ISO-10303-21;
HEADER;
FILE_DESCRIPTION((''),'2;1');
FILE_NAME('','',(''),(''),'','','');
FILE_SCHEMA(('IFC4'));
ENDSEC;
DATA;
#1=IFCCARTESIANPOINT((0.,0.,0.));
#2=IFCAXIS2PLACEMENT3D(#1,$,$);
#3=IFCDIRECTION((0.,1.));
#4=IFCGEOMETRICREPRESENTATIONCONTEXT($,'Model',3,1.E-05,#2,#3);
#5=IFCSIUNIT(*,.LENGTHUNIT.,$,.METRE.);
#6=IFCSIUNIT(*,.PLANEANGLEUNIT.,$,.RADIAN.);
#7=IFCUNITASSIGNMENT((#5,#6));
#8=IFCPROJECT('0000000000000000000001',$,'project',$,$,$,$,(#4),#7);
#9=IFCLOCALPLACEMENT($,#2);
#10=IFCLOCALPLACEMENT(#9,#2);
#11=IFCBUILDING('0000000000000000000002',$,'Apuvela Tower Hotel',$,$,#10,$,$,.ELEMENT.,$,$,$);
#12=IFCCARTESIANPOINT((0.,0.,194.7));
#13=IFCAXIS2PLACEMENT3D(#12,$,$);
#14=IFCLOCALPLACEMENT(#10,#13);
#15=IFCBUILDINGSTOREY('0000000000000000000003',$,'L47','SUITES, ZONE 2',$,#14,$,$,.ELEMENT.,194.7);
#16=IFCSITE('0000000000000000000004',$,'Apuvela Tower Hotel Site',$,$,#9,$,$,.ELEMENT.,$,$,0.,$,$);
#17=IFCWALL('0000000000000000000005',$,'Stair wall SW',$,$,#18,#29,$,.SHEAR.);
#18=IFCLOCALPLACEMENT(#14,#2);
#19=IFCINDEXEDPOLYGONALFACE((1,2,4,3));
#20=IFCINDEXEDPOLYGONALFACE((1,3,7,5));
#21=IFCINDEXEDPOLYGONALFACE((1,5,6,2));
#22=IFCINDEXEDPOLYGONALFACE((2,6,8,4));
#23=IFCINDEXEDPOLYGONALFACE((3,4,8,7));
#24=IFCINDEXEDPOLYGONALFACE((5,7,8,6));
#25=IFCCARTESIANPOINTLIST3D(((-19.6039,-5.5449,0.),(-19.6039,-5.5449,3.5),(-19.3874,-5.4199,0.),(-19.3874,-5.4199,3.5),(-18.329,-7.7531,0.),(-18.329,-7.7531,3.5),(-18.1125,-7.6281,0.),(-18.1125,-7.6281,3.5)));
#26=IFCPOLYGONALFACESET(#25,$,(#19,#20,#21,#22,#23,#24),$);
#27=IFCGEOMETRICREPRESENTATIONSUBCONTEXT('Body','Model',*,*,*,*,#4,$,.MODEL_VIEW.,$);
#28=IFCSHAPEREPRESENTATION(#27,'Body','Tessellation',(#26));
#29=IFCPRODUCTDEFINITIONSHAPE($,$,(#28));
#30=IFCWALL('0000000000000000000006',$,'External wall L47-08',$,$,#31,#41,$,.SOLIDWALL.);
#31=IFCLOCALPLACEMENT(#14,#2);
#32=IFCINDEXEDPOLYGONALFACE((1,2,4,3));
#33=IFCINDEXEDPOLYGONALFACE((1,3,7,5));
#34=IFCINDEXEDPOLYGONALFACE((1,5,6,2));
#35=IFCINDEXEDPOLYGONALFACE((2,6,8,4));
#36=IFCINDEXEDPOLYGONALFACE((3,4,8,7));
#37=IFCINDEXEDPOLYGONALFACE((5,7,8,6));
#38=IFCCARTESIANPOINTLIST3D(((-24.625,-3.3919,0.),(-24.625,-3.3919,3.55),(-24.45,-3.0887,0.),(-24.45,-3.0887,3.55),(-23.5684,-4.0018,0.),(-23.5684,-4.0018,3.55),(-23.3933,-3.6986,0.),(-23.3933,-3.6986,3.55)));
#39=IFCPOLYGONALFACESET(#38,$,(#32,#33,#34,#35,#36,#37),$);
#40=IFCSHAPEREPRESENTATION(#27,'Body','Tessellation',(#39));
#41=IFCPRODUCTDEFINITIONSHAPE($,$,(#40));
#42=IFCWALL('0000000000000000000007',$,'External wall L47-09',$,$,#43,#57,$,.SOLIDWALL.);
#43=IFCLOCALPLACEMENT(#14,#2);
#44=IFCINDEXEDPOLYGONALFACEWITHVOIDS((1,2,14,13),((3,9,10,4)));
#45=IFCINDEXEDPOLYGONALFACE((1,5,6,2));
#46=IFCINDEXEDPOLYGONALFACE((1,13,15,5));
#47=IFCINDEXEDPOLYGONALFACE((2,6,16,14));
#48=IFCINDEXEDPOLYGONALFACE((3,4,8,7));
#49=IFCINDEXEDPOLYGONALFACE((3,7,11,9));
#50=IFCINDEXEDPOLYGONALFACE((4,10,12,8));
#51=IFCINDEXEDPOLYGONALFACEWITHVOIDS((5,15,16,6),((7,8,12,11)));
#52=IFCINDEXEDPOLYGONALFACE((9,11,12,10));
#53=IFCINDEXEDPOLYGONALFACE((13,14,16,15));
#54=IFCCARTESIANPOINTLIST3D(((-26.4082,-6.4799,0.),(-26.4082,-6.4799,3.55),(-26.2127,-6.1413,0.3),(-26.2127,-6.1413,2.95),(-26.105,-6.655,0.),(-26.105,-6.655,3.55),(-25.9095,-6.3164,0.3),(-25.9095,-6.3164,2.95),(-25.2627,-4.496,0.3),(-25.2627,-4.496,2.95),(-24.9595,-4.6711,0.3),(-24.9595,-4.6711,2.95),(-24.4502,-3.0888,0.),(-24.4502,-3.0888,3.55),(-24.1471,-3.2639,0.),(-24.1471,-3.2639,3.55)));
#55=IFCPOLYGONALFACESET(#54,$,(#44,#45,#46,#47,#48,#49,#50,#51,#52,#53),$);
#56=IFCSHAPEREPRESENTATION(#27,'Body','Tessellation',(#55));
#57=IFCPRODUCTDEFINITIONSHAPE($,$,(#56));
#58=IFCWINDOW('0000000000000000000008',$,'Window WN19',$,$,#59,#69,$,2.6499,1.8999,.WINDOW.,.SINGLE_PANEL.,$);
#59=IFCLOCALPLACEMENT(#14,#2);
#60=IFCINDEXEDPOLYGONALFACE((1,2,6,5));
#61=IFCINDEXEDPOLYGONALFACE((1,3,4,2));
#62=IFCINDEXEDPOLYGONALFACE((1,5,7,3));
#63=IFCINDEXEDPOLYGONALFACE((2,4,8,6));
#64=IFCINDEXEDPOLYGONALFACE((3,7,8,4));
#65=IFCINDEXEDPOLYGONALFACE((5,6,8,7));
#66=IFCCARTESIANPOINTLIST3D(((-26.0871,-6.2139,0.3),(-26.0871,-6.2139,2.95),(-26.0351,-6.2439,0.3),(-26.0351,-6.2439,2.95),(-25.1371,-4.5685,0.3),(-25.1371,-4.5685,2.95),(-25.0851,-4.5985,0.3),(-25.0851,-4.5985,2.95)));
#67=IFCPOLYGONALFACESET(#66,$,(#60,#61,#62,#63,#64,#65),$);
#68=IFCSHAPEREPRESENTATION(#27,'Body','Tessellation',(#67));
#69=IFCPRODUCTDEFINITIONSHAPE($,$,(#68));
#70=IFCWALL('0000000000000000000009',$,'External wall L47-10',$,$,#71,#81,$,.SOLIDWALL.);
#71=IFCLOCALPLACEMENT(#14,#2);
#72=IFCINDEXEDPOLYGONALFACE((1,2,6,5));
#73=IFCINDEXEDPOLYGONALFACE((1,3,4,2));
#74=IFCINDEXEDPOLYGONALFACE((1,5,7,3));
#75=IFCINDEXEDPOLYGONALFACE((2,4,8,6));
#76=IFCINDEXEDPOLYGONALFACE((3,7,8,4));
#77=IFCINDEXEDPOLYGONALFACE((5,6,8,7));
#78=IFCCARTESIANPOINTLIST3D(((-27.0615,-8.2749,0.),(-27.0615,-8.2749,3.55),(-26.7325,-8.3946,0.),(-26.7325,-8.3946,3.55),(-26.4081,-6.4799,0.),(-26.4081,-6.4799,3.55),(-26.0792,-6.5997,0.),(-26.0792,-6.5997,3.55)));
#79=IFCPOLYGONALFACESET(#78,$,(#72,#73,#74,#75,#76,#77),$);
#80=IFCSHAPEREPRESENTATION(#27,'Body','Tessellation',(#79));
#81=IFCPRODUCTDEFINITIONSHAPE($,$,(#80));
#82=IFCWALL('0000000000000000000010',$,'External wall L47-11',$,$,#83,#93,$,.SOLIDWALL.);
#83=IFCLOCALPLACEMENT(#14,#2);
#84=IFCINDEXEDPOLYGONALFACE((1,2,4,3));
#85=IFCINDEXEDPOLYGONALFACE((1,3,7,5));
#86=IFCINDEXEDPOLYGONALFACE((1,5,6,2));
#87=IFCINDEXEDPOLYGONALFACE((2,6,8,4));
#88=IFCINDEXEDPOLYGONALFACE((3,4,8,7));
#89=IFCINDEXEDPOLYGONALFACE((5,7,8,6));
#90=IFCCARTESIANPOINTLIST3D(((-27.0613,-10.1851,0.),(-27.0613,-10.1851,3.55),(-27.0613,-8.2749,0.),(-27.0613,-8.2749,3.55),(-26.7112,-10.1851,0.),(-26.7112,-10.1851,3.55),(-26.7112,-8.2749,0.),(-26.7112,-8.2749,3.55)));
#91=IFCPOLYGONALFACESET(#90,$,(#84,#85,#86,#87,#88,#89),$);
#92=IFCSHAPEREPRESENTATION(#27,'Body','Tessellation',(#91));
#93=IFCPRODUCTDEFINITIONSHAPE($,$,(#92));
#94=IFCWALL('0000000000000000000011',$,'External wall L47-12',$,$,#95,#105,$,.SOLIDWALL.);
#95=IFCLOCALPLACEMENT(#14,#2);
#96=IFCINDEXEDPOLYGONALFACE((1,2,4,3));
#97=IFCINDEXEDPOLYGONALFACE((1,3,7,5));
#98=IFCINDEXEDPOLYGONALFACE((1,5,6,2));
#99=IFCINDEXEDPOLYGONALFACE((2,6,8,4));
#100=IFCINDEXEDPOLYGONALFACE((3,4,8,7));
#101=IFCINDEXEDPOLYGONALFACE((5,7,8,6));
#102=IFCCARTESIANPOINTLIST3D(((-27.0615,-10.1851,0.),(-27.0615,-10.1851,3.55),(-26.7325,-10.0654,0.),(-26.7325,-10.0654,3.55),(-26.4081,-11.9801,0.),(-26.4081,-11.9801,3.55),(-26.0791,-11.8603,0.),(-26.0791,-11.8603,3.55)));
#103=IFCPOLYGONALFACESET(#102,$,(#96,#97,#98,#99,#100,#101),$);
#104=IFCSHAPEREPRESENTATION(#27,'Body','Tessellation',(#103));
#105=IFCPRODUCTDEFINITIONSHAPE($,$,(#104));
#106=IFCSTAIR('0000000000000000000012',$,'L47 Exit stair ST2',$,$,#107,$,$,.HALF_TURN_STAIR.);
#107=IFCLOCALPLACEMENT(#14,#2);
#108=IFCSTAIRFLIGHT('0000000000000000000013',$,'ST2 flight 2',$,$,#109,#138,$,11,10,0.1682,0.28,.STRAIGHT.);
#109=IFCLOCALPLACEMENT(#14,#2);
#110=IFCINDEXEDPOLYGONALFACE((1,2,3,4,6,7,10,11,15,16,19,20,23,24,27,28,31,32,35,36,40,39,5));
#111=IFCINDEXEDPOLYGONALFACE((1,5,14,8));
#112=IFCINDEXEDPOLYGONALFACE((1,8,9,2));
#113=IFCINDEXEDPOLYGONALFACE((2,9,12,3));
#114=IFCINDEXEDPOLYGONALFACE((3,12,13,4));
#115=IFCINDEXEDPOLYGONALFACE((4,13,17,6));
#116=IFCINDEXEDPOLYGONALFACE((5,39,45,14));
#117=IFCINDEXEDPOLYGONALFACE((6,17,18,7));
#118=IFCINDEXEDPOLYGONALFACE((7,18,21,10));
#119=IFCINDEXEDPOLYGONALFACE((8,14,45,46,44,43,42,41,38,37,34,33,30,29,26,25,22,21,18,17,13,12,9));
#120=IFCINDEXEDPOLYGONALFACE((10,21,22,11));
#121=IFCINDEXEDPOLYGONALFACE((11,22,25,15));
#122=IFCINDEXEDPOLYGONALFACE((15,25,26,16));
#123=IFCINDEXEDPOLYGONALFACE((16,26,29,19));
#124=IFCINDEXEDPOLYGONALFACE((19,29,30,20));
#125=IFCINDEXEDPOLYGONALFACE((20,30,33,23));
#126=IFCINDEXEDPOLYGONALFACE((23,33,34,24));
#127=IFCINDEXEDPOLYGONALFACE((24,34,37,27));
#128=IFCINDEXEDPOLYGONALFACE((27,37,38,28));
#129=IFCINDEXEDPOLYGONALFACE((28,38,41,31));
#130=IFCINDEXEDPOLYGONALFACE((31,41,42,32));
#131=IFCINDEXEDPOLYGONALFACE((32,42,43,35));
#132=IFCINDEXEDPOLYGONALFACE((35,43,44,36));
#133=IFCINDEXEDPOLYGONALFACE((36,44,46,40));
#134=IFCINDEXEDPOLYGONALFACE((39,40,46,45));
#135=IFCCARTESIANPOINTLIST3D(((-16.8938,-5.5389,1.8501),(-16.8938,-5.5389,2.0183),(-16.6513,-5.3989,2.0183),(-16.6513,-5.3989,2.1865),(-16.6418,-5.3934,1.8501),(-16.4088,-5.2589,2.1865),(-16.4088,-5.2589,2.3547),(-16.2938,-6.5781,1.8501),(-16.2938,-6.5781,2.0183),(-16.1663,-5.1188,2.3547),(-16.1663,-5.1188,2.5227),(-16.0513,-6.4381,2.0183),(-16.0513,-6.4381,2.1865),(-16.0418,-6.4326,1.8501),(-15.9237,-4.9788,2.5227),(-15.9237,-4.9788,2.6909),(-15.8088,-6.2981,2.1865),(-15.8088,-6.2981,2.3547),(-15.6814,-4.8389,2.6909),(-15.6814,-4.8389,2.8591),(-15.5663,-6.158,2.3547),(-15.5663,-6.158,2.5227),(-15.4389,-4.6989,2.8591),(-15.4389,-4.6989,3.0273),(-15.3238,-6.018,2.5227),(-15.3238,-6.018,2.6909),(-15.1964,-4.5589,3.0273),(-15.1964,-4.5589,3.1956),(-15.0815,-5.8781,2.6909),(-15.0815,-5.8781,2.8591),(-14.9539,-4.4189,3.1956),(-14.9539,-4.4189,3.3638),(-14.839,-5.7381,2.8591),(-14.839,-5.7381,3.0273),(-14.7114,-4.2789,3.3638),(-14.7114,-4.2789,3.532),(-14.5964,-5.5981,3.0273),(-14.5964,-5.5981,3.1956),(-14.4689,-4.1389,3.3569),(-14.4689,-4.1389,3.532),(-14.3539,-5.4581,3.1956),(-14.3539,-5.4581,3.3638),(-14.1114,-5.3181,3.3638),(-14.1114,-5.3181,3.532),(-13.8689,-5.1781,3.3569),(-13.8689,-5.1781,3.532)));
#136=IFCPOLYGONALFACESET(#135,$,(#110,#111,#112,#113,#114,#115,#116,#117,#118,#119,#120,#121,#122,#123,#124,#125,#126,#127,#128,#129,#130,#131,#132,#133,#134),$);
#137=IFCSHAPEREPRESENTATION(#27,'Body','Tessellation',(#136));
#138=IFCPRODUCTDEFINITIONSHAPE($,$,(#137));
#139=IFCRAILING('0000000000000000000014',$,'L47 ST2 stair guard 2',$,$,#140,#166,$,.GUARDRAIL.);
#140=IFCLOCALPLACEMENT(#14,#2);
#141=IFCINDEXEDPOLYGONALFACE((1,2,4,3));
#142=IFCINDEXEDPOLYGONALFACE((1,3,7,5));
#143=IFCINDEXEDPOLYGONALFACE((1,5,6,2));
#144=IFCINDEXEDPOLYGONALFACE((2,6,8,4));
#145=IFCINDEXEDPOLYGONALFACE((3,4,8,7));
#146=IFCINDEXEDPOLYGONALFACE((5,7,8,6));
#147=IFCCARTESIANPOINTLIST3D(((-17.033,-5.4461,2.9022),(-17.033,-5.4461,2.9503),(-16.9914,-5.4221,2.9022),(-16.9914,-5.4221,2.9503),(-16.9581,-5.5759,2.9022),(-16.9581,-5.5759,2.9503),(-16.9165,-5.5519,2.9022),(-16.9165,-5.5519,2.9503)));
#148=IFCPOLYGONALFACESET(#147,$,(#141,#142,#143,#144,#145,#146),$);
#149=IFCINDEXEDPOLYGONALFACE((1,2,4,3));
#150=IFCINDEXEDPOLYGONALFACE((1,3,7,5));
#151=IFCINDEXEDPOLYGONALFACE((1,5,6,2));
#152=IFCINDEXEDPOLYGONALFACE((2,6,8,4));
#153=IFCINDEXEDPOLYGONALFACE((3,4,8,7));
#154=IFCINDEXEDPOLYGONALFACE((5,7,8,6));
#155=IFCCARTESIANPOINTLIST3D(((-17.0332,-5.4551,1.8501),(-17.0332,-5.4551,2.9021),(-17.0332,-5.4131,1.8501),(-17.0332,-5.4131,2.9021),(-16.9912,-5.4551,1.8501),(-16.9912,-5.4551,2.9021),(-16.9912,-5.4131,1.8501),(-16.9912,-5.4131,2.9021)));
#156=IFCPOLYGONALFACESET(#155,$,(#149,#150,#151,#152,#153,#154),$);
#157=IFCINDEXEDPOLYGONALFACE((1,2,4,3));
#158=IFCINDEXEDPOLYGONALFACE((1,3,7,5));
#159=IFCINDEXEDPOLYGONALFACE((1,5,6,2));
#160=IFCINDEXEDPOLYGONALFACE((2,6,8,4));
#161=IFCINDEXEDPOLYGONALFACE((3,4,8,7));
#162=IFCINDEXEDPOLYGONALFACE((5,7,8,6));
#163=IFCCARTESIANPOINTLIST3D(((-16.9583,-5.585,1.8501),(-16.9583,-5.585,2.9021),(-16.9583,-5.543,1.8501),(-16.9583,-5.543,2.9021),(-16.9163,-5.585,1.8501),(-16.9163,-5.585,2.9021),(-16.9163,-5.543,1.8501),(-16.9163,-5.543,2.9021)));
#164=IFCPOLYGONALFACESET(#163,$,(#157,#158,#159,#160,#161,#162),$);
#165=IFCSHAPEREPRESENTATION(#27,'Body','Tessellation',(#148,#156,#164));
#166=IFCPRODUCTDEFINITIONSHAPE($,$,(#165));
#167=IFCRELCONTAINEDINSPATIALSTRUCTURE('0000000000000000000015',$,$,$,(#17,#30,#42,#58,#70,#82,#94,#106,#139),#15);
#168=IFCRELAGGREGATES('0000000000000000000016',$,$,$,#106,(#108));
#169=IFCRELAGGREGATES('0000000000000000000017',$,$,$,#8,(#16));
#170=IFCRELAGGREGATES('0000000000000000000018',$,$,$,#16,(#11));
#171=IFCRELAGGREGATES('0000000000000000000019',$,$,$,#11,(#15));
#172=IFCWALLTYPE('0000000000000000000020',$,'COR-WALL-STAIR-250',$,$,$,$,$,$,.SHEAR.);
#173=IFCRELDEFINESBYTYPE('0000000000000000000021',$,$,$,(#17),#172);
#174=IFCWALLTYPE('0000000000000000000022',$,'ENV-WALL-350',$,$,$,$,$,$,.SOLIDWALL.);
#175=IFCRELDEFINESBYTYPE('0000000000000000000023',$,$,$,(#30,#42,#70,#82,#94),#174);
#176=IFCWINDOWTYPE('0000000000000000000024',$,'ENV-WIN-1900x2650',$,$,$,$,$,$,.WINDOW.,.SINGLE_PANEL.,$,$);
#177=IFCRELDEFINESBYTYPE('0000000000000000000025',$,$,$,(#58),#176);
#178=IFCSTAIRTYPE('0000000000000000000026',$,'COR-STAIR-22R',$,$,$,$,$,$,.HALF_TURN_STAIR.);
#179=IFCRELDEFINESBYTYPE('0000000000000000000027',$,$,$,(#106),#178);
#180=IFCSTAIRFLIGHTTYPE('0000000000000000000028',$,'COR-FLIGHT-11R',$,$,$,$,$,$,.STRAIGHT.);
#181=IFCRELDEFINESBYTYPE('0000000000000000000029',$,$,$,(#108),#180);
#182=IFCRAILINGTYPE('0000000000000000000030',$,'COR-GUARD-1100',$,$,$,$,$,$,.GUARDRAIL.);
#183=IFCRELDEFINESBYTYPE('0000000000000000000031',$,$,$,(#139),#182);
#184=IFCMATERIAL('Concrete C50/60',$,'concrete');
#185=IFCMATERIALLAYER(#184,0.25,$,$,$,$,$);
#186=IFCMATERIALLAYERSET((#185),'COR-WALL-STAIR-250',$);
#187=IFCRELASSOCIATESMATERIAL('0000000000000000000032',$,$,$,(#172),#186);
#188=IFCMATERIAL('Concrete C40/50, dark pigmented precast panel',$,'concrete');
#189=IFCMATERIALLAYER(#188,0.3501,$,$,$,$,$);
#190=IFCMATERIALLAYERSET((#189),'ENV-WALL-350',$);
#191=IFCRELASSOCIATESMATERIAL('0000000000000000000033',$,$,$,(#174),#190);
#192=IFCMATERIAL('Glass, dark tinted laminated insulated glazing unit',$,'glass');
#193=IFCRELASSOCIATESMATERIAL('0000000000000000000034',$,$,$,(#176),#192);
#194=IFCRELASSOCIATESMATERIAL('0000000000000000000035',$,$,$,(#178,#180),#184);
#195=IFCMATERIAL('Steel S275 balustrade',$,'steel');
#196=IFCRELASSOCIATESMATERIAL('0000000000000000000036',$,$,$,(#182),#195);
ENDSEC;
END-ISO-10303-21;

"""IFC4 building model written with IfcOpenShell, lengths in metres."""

from ifc_helpers import new_model, si_unit, direction, frame, frame_2d, origin, origin_2d, place, context, subcontext, project, spatial, polyline, rectangle, outline, extrude, material, layer, layer_set, type_object, element, fill, aggregate, save


model = new_model("IFC4")

# Units and contexts
model_context = context("Model", 3, precision=1e-05, world=origin(), true_north=direction((0.0, 1.0)))
body_context = subcontext(model_context, "Body", "Model", "MODEL_VIEW")
ifc_project = project(units=[si_unit("LENGTHUNIT", "METRE"), si_unit("PLANEANGLEUNIT", "RADIAN")], contexts=[model_context])

# Site, building, storey
site_placement = place(None, origin())
site = spatial("IfcSite", under=ifc_project, at=site_placement, Name="Apuvela Tower Hotel Site", CompositionType="ELEMENT", RefElevation=0.0)
building_placement = place(site_placement, origin())
building = spatial("IfcBuilding", under=site, at=building_placement, Name="Apuvela Tower Hotel", CompositionType="ELEMENT")
storey_placement = place(building_placement, frame((0.0, 0.0, 194.7)))
storey = spatial("IfcBuildingStorey", under=building, at=storey_placement, Name="L47", Description="SUITES, ZONE 2", CompositionType="ELEMENT", Elevation=194.7)

# Walls
ifc_material_1 = material(Name="Concrete C50/60", Category="concrete")
ifc_layer_1 = layer(ifc_material_1, 0.25)
ifc_layer_set_1 = layer_set([ifc_layer_1], Name="COR-WALL-STAIR-250")
wall_type_1 = type_object("IfcWallType", Name="COR-WALL-STAIR-250", PredefinedType="SHEAR", material=ifc_layer_set_1)
wall_1_placement = place(storey_placement, frame((-19.4956, -5.4824, 0.0), z_axis=(0.0, 0.0, 1.0), x_axis=(0.49999, -0.866031, 0.0)))
element("IfcWall", 1, at=wall_1_placement, inside=storey, type_object=wall_type_1, Name="Stair wall SW", PredefinedType="SHEAR", context=body_context, shape_type="SweptSolid", body=[
    extrude(rectangle(XDim=2.5498, YDim=0.25, at=frame_2d((1.2749, 0.0))), origin(), (0.0, 0.0, 1.0), 3.5),
])
ifc_material_2 = material(Name="Concrete C40/50, dark pigmented precast panel", Category="concrete")
ifc_layer_2 = layer(ifc_material_2, 0.3501)
ifc_layer_set_2 = layer_set([ifc_layer_2], Name="ENV-WALL-350")
wall_type_2 = type_object("IfcWallType", Name="ENV-WALL-350", PredefinedType="SOLIDWALL", material=ifc_layer_set_2)
wall_2_placement = place(storey_placement, frame((-23.481, -3.8501, 0.0), z_axis=(0.0, 0.0, 1.0), x_axis=(-0.866092, 0.499884, 0.0)))
element("IfcWall", 2, at=wall_2_placement, inside=storey, type_object=wall_type_2, Name="External wall L47-08", PredefinedType="SOLIDWALL", context=body_context, shape_type="SweptSolid", body=[
    extrude(rectangle(XDim=1.22, YDim=0.3501, at=frame_2d((0.6099, 0.0))), origin(), (0.0, 0.0, 1.0), 3.55),
])

# Wall, opening, window
wall_3_placement = place(storey_placement, frame((-24.2986, -3.1763, 0.0), z_axis=(0.0, 0.0, 1.0), x_axis=(-0.500028, -0.866009, 0.0)))
wall_3 = element("IfcWall", 3, at=wall_3_placement, inside=storey, type_object=wall_type_2, Name="External wall L47-09", PredefinedType="SOLIDWALL", context=body_context, shape_type="SweptSolid", body=[
    extrude(rectangle(XDim=3.9158, YDim=0.3501, at=frame_2d((1.958, 0.0))), origin(), (0.0, 0.0, 1.0), 3.55),
])
opening_1_placement = place(wall_3_placement, frame((1.625, 0.0, 0.3)))
opening_1 = element("IfcOpeningElement", 4, at=opening_1_placement, cuts=wall_3, PredefinedType="OPENING", context=body_context, shape_type="SweptSolid", body=[
    extrude(rectangle(XDim=1.8999, YDim=2.6499, at=frame_2d((0.95, 1.325))), frame((0.0, 0.1851, 0.0), z_axis=(0.0, -1.0, 0.0), x_axis=(1.0, 0.0, 0.0)), (0.0, 0.0, 1.0), 0.3701),
])
ifc_material_3 = material(Name="Glass, dark tinted laminated insulated glazing unit", Category="glass")
window_type = type_object("IfcWindowType", Name="ENV-WIN-1900x2650", PartitioningType="SINGLE_PANEL", PredefinedType="WINDOW", material=ifc_material_3)
window_placement = place(opening_1_placement, origin())
window = element("IfcWindow", 5, at=window_placement, inside=storey, type_object=window_type, Name="Window WN19", OverallHeight=2.6499, OverallWidth=1.8999, PartitioningType="SINGLE_PANEL", PredefinedType="WINDOW", context=body_context, shape_type="SweptSolid", body=[
    extrude(rectangle(XDim=1.8999, YDim=2.6499, at=frame_2d((0.95, 1.325))), frame((0.0, 0.03, 0.0), z_axis=(0.0, -1.0, 0.0), x_axis=(1.0, 0.0, 0.0)), (0.0, 0.0, 1.0), 0.0601),
])
fill(opening_1, window)

# Walls
for number, where, z_axis, x_axis, name in (
    (6, (-26.2437, -6.5398, 0.0), (0.0, 0.0, 1.0), (-0.34203, -0.939689, 0.0), "External wall L47-10"),
    (7, (-26.8862, -8.2749, 0.0), (0.0, 0.0, 1.0), (0.0, -1.0, 0.0), "External wall L47-11"),
    (8, (-26.897, -10.1252, 0.0), (0.0, 0.0, 1.0), (0.34203, -0.939689, 0.0), "External wall L47-12"),
):
    element("IfcWall", number, at=place(storey_placement, frame(where, z_axis=z_axis, x_axis=x_axis)), inside=storey, type_object=wall_type_2, Name=name, PredefinedType="SOLIDWALL", context=body_context, shape_type="SweptSolid", body=[
        extrude(rectangle(XDim=1.9102, YDim=0.3501, at=frame_2d((0.9551, 0.0))), origin(), (0.0, 0.0, 1.0), 3.55),
    ])

# Stair, stair flight
stair_type = type_object("IfcStairType", Name="COR-STAIR-22R", PredefinedType="HALF_TURN_STAIR", material=ifc_material_1)
stair_placement = place(storey_placement, origin())
stair = element("IfcStair", 9, at=stair_placement, inside=storey, type_object=stair_type, Name="L47 Exit stair ST2", PredefinedType="HALF_TURN_STAIR")
stair_flight_type = type_object("IfcStairFlightType", Name="COR-FLIGHT-11R", PredefinedType="STRAIGHT", material=ifc_material_1)
stair_flight_placement = place(storey_placement, frame((-16.5938, -6.0586, 1.8501), z_axis=(0.0, 0.0, 1.0), x_axis=(0.866025, 0.5, 0.0)))
stair_flight = element("IfcStairFlight", 10, at=stair_flight_placement, type_object=stair_flight_type, Name="ST2 flight 2", NumberOfRisers=11, NumberOfTreads=10, PredefinedType="STRAIGHT", RiserHeight=0.1682, TreadLength=0.28, context=body_context, shape_type="SweptSolid", body=[
    extrude(outline(polyline([(0.0, 0.0), (0.0, 0.1682), (0.28, 0.1682), (0.28, 0.3364), (0.5601, 0.3364), (0.5601, 0.5046), (0.8401, 0.5046), (0.8401, 0.6726), (1.1201, 0.6726), (1.1201, 0.8408), (1.3999, 0.8408), (1.3999, 1.009), (1.6799, 1.009), (1.6799, 1.1772), (1.96, 1.1772), (1.96, 1.3455), (2.24, 1.3455), (2.24, 1.5137), (2.52, 1.5137), (2.52, 1.6819), (2.8, 1.6819), (2.8, 1.8501), (2.8, 1.5068), (0.291, 0.0), (0.0, 0.0)])), frame((0.0, 0.6001, 0.0), z_axis=(0.0, -1.0, 0.0), x_axis=(1.0, 0.0, 0.0)), (0.0, 0.0, 1.0), 1.2),
])
aggregate(stair, [stair_flight])

# Railing
ifc_material_4 = material(Name="Steel S275 balustrade", Category="steel")
railing_type_1 = type_object("IfcRailingType", Name="COR-GUARD-1100", PredefinedType="GUARDRAIL", material=ifc_material_4)
railing_1_placement = place(storey_placement, frame((-17.0122, -5.4341, 1.8501)))
element("IfcRailing", 11, at=railing_1_placement, inside=storey, type_object=railing_type_1, Name="L47 ST2 stair guard 2", PredefinedType="GUARDRAIL", context=body_context, shape_type="SweptSolid", body=[
    extrude(rectangle(XDim=0.0481, YDim=0.0481, at=origin_2d()), frame((0.0, 0.0, 1.0762), z_axis=(0.499816, -0.866131, 0.0), x_axis=(0.866131, 0.499816, 0.0)), (0.0, 0.0, 1.0), 0.1499),
    extrude(rectangle(XDim=0.042, YDim=0.042, at=origin_2d()), origin(), (0.0, 0.0, 1.0), 1.052),
    extrude(rectangle(XDim=0.042, YDim=0.042, at=origin_2d()), frame((0.075, -0.1299, 0.0)), (0.0, 0.0, 1.0), 1.052),
])

save(model, "model.ifc")
